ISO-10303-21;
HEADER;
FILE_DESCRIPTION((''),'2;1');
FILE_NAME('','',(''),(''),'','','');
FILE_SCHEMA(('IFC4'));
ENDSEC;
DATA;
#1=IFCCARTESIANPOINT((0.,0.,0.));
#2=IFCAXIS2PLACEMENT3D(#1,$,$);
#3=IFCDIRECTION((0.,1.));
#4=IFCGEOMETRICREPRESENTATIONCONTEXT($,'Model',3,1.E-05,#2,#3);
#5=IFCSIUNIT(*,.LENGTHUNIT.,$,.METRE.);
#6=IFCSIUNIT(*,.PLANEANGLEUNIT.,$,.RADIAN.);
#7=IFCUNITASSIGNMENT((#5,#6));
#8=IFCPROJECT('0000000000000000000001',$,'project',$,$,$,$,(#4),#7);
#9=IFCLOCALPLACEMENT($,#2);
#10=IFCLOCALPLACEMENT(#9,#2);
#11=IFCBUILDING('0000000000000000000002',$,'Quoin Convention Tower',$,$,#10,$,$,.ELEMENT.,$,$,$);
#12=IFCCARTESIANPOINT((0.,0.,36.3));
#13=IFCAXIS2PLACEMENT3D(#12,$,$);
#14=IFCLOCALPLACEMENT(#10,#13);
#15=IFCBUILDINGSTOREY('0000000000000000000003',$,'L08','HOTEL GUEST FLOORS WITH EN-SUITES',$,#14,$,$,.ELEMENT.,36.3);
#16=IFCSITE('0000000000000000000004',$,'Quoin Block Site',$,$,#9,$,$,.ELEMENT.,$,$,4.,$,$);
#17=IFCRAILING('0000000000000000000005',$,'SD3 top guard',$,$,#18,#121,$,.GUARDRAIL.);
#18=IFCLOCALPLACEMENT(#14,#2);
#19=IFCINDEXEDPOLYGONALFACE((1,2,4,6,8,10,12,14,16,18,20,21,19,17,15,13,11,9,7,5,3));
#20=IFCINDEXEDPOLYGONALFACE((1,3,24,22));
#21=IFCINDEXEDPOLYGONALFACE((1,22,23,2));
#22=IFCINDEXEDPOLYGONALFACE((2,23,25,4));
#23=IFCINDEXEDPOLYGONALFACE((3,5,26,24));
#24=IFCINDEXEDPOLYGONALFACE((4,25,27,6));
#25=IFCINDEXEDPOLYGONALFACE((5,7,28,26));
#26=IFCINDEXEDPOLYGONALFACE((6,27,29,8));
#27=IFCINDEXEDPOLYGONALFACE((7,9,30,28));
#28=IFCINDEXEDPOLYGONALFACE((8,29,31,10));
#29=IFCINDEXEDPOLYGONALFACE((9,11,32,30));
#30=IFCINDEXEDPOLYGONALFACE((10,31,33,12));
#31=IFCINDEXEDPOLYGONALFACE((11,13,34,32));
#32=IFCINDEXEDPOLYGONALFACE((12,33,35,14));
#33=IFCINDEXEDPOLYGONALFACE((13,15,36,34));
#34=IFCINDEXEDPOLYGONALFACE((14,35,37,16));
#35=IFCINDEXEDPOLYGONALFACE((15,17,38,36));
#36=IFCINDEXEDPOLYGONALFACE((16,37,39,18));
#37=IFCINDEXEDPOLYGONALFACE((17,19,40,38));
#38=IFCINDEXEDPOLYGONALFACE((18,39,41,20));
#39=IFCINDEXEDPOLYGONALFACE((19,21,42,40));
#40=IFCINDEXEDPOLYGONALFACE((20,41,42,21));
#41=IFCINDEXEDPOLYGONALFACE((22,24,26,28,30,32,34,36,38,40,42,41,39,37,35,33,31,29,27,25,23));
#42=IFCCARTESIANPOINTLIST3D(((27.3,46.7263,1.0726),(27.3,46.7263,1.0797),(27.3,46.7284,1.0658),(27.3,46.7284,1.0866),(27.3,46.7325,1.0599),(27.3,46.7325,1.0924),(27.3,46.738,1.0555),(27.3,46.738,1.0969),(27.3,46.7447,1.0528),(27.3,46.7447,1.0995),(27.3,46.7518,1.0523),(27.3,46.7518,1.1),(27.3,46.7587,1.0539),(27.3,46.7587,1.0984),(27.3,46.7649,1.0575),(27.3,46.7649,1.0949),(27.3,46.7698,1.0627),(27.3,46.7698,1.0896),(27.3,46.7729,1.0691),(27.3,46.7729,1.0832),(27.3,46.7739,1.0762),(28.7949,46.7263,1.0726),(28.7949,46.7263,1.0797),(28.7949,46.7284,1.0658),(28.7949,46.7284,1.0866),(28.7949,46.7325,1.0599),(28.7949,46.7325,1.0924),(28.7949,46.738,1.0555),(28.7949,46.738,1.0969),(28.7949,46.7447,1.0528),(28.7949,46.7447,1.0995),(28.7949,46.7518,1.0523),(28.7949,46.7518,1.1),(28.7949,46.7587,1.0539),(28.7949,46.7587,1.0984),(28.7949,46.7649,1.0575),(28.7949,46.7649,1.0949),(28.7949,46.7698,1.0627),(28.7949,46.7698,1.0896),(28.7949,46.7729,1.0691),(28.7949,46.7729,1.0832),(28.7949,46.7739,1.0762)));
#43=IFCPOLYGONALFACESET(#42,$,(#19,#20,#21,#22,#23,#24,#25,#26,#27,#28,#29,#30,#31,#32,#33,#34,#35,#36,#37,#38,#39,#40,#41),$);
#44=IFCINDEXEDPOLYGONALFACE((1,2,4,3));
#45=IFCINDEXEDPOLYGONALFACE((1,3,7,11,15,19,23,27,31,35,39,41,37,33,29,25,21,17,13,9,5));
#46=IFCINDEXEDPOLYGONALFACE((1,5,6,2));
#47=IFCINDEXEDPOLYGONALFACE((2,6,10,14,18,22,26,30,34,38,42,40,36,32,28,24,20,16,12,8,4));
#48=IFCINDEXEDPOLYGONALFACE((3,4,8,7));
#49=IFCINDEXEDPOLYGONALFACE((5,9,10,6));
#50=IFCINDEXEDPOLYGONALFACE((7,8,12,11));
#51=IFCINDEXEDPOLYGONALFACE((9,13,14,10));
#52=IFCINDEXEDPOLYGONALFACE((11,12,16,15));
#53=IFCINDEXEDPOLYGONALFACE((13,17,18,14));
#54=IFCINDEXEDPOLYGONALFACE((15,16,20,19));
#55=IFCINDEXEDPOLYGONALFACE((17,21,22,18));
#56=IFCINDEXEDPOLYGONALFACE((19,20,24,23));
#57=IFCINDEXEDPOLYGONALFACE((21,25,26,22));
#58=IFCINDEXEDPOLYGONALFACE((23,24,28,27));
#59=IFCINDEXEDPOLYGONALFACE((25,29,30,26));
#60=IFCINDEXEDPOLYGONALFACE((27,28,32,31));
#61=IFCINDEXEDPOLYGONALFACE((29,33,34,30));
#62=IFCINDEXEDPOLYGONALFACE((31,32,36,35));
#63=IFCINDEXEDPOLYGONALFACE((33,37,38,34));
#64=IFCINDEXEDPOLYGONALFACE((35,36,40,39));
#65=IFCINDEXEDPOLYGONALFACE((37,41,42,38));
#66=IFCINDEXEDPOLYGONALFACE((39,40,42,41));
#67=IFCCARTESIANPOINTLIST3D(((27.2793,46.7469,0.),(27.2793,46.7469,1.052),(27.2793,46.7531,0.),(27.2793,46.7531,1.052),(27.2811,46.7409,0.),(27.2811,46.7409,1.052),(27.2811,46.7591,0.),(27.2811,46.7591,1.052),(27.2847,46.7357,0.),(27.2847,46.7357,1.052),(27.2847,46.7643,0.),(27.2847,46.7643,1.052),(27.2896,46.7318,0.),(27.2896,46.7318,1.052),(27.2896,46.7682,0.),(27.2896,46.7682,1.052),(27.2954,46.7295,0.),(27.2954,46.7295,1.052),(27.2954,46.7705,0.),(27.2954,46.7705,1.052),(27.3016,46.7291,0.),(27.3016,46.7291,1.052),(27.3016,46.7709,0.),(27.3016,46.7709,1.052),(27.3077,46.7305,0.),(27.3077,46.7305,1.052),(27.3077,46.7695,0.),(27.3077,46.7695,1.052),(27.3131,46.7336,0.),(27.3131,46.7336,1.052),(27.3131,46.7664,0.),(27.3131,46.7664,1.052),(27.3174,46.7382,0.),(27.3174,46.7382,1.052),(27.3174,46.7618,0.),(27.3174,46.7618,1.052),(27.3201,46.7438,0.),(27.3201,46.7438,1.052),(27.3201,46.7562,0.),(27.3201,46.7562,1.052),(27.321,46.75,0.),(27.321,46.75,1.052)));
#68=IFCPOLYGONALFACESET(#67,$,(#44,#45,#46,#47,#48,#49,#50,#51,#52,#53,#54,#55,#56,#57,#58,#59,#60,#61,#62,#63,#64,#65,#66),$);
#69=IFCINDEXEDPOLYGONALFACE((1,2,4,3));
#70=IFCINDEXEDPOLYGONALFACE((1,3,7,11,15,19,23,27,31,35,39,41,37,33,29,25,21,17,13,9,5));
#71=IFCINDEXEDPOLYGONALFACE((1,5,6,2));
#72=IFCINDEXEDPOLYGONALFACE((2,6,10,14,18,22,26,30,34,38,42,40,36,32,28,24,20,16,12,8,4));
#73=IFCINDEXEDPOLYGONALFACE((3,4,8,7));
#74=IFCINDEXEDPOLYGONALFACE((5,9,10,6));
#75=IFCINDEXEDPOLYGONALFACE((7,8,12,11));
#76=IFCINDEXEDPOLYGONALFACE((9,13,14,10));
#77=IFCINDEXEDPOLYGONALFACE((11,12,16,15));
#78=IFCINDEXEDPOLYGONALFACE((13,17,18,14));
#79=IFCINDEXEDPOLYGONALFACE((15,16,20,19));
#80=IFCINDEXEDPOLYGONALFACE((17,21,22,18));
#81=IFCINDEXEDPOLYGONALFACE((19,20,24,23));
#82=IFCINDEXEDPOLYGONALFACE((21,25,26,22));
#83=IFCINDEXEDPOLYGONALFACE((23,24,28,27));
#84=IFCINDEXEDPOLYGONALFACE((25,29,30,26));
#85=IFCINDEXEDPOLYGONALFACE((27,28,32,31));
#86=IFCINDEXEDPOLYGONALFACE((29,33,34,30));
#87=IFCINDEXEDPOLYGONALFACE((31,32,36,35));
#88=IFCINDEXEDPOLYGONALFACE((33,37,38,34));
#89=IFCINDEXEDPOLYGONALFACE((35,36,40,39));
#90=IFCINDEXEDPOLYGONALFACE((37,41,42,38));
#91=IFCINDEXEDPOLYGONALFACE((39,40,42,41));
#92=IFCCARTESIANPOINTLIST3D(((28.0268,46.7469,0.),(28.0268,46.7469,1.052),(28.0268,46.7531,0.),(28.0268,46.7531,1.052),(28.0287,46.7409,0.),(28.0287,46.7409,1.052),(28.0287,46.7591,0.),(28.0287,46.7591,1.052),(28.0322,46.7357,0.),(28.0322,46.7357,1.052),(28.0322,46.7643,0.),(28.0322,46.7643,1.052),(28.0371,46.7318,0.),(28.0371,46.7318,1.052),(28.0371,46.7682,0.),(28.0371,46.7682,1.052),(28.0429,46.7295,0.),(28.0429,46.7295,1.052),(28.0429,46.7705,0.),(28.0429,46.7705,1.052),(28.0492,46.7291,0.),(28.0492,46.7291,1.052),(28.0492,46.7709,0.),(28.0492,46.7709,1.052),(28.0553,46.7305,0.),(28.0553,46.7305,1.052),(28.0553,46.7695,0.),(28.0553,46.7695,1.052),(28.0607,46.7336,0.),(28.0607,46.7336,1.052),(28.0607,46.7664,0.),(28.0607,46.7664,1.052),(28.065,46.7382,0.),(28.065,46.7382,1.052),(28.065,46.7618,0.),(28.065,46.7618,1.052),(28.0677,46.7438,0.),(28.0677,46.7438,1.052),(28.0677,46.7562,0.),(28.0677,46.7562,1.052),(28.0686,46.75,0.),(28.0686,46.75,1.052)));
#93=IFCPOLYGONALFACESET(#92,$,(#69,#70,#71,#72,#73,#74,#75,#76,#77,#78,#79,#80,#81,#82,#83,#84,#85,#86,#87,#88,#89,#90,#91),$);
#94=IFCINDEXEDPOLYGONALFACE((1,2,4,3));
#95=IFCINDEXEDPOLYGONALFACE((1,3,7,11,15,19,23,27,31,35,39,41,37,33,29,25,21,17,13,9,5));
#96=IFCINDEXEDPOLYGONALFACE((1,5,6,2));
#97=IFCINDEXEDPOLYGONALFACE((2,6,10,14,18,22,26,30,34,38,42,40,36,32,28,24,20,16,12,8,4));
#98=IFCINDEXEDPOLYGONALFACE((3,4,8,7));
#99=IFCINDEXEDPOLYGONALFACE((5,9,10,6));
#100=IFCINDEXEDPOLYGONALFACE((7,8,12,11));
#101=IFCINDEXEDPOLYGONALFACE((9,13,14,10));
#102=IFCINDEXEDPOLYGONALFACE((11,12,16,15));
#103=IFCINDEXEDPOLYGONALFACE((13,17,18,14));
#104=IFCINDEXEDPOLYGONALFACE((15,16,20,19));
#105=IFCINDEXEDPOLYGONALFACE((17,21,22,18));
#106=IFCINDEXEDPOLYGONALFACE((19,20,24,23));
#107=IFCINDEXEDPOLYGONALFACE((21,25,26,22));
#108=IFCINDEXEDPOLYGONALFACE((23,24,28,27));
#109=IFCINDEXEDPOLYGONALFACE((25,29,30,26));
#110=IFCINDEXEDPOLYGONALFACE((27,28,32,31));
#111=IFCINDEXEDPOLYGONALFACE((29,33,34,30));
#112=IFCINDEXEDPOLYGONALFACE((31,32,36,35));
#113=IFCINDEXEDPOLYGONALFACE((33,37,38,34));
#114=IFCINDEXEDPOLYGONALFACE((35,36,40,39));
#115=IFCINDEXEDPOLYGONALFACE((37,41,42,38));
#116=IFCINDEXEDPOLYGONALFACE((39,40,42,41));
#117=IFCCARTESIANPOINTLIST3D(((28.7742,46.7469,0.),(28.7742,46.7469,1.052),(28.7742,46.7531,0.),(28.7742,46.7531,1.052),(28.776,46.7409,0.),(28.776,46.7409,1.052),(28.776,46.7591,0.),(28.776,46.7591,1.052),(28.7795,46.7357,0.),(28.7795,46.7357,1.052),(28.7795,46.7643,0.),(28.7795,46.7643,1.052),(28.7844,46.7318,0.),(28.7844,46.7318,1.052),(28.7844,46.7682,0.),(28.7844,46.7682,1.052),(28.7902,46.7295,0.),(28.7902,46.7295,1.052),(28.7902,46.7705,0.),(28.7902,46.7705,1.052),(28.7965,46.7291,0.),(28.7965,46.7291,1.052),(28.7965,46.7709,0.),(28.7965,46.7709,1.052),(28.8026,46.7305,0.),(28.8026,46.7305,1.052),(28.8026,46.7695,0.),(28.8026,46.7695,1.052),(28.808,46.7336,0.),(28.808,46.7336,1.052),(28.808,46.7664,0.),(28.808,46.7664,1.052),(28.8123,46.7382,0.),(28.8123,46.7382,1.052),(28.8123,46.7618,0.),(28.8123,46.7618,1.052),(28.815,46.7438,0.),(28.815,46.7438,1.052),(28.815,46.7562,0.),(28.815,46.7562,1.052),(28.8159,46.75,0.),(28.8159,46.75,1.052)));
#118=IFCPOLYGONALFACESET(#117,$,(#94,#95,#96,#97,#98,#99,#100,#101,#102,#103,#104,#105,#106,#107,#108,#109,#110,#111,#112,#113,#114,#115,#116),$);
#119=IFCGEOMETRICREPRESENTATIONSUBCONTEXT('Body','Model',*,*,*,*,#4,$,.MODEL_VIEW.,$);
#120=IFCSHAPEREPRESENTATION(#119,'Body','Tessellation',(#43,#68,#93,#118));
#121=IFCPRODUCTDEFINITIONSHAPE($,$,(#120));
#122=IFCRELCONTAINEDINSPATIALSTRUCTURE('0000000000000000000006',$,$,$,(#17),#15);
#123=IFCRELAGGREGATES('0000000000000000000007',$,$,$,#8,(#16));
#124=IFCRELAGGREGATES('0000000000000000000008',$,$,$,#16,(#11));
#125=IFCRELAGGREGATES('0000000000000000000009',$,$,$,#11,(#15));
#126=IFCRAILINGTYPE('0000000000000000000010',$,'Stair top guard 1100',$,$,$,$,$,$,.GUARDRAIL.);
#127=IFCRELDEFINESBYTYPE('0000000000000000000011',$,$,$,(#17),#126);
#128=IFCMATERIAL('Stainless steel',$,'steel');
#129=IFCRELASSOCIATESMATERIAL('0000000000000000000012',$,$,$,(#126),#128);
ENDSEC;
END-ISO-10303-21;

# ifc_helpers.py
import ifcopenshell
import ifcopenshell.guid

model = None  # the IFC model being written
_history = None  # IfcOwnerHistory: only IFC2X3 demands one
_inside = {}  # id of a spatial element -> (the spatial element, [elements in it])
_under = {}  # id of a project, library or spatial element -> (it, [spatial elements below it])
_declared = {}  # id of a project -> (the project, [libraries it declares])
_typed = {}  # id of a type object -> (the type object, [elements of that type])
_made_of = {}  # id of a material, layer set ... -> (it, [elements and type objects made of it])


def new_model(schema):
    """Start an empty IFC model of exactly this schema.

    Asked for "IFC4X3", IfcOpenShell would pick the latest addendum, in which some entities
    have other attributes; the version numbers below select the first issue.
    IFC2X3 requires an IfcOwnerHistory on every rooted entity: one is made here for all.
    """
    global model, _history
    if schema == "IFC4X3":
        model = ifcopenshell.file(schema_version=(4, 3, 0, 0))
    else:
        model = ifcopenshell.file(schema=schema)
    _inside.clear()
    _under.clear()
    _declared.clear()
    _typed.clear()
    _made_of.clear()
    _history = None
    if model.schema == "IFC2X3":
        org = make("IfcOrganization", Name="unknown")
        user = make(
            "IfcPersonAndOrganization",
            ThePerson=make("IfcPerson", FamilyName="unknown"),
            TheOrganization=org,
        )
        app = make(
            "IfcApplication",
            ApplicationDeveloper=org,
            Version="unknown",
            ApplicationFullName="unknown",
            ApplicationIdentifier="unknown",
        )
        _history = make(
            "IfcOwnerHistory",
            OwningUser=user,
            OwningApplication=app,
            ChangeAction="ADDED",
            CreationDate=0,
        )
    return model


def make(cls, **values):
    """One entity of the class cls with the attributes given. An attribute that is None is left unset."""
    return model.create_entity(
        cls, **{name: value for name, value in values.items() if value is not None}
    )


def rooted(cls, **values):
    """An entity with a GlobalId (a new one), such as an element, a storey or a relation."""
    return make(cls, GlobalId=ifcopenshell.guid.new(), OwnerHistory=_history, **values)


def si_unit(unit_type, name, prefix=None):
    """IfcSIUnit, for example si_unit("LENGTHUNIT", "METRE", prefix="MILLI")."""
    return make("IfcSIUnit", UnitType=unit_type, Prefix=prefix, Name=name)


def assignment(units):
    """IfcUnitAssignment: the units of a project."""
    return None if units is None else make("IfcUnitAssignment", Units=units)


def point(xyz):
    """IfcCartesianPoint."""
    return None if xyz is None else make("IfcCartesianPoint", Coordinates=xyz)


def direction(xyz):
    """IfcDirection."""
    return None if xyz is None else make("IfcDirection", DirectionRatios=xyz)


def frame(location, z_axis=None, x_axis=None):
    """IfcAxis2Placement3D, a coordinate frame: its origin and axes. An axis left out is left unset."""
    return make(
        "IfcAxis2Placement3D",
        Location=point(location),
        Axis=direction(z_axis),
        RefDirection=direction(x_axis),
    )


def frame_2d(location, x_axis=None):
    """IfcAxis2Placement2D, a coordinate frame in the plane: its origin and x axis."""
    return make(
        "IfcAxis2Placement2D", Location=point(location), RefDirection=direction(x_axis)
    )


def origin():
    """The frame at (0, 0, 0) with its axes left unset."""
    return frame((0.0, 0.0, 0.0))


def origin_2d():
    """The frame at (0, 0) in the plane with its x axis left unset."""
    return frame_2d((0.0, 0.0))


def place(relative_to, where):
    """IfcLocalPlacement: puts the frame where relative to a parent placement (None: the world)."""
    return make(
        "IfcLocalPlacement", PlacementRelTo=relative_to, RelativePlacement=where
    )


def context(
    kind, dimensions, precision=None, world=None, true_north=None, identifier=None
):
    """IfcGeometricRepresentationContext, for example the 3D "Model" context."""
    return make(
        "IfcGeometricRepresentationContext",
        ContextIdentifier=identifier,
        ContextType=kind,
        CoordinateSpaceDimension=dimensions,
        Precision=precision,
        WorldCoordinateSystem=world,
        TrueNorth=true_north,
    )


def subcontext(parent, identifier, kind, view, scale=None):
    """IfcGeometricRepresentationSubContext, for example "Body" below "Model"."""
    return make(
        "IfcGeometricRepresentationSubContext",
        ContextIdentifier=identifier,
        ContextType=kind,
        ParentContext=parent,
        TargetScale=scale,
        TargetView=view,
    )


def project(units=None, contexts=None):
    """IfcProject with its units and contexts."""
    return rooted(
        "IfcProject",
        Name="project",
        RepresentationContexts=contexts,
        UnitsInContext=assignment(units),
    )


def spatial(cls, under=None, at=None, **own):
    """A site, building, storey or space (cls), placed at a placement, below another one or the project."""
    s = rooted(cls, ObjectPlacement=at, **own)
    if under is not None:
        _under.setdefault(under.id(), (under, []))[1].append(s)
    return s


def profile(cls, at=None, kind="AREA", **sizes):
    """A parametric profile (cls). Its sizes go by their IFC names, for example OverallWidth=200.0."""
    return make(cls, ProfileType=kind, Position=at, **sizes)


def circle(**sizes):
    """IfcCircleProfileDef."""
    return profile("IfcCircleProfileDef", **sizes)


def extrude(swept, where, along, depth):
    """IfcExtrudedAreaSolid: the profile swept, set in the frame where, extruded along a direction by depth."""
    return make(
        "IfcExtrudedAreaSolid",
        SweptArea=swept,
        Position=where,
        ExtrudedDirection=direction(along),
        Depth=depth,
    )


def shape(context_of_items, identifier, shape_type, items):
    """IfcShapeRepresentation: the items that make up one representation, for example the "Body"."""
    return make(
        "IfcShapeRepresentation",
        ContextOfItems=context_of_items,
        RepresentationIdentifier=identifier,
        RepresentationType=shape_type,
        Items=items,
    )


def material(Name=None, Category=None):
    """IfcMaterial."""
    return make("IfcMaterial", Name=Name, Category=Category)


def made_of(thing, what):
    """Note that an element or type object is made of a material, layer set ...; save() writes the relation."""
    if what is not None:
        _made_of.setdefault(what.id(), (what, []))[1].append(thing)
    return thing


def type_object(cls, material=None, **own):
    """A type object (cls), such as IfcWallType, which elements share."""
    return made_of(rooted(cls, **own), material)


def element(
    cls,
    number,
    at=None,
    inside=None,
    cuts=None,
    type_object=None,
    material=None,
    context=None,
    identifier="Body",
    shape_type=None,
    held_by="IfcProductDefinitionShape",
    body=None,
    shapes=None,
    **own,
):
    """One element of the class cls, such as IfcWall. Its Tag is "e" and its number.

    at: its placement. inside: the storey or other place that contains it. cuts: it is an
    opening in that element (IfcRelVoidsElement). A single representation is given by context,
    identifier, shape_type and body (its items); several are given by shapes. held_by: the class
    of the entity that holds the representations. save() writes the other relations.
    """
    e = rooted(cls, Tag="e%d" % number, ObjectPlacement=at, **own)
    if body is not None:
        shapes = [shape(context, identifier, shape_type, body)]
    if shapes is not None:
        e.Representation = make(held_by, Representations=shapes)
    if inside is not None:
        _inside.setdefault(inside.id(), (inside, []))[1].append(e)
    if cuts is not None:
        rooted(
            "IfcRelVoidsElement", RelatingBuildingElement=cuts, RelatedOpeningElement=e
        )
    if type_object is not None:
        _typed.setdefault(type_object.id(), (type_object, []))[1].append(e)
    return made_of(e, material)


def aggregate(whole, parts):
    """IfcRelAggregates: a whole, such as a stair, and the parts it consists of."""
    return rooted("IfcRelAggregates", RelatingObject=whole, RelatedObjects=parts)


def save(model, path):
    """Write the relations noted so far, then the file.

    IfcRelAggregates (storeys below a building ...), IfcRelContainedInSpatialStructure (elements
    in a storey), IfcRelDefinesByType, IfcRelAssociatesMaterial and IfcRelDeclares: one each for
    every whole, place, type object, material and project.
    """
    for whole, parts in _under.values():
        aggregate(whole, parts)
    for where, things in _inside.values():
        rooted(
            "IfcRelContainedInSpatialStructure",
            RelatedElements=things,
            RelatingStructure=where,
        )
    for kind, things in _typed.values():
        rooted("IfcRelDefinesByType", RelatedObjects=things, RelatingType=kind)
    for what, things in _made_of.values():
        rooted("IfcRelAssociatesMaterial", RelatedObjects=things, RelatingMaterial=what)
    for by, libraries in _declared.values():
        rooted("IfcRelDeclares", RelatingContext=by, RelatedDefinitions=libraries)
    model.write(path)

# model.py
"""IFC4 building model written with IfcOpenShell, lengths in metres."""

from ifc_helpers import new_model, si_unit, direction, frame, origin, origin_2d, place, context, subcontext, project, spatial, circle, extrude, material, type_object, element, save


model = new_model("IFC4")

# Units and contexts
model_context = context("Model", 3, precision=1e-05, world=origin(), true_north=direction((0.0, 1.0)))
body_context = subcontext(model_context, "Body", "Model", "MODEL_VIEW")
ifc_project = project(units=[si_unit("LENGTHUNIT", "METRE"), si_unit("PLANEANGLEUNIT", "RADIAN")], contexts=[model_context])

# Site, building, storey
site_placement = place(None, origin())
site = spatial("IfcSite", under=ifc_project, at=site_placement, Name="Quoin Block Site", CompositionType="ELEMENT", RefElevation=4.0)
building_placement = place(site_placement, origin())
building = spatial("IfcBuilding", under=site, at=building_placement, Name="Quoin Convention Tower", CompositionType="ELEMENT")
storey_placement = place(building_placement, frame((0.0, 0.0, 36.3)))
storey = spatial("IfcBuildingStorey", under=building, at=storey_placement, Name="L08", Description="HOTEL GUEST FLOORS WITH EN-SUITES", CompositionType="ELEMENT", Elevation=36.3)

# Railing
ifc_material_1 = material(Name="Stainless steel", Category="steel")
railing_type_1 = type_object("IfcRailingType", Name="Stair top guard 1100", PredefinedType="GUARDRAIL", material=ifc_material_1)
railing_placement = place(storey_placement, frame((27.3, 46.75, 0.0)))
element("IfcRailing", 1, at=railing_placement, inside=storey, type_object=railing_type_1, Name="SD3 top guard", PredefinedType="GUARDRAIL", context=body_context, shape_type="SweptSolid", body=[
    extrude(circle(Radius=0.0239, at=origin_2d()), frame((0.0, 0.0, 1.0762), z_axis=(1.0, 0.0, 0.0), x_axis=(0.0, 1.0, 0.0)), (0.0, 0.0, 1.0), 1.4949),
    extrude(circle(Radius=0.021, at=origin_2d()), origin(), (0.0, 0.0, 1.0), 1.052),
    extrude(circle(Radius=0.021, at=origin_2d()), frame((0.7476, 0.0, 0.0)), (0.0, 0.0, 1.0), 1.052),
    extrude(circle(Radius=0.021, at=origin_2d()), frame((1.4949, 0.0, 0.0)), (0.0, 0.0, 1.0), 1.052),
])

save(model, "model.ifc")
